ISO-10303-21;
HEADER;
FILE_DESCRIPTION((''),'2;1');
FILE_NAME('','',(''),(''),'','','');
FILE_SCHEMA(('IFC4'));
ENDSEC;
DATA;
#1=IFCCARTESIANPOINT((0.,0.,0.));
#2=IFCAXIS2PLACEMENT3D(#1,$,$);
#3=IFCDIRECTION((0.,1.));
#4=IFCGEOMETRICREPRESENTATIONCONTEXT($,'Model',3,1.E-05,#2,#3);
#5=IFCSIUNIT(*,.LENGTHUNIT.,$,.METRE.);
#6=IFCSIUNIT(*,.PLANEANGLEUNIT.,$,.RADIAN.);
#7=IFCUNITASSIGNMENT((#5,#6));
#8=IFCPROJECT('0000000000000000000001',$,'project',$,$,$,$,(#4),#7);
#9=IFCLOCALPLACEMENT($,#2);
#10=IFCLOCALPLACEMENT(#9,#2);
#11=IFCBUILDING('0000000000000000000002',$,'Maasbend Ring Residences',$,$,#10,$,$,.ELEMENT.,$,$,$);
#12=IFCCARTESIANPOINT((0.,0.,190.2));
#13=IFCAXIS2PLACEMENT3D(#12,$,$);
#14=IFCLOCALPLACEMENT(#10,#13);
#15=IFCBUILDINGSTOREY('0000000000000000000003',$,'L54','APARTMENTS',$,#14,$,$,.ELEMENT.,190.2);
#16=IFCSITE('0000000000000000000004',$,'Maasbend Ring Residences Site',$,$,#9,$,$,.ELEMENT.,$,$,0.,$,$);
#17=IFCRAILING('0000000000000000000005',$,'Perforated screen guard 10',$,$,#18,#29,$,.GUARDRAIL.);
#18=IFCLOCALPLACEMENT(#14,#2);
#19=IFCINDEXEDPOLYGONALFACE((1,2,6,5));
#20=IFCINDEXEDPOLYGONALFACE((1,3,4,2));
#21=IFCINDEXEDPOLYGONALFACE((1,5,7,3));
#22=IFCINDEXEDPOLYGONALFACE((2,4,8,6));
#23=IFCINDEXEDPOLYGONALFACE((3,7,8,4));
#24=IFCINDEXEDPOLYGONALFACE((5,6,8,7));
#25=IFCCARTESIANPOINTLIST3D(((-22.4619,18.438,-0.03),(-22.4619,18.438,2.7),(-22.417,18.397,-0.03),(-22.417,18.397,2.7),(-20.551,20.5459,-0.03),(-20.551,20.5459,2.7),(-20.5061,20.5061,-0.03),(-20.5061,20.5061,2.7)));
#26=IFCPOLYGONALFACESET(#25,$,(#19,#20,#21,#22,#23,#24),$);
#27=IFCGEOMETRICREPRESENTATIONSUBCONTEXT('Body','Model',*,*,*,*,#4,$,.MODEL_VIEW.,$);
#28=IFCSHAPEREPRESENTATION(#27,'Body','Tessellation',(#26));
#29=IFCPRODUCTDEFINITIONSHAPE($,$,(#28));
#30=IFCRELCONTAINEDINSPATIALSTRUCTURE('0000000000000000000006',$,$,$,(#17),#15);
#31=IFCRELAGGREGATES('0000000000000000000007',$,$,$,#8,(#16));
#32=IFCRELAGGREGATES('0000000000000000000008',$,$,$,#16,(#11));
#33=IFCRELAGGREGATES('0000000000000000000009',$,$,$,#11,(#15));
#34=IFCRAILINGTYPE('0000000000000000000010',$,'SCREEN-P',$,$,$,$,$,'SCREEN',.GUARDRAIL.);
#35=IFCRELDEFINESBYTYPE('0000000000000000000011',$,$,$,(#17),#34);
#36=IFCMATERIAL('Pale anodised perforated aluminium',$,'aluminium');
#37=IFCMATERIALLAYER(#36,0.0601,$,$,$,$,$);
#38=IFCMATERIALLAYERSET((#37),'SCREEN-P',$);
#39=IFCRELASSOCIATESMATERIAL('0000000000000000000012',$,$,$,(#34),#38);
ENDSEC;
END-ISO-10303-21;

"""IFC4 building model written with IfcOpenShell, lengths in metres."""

from ifc_helpers import new_model, si_unit, direction, frame, origin, place, context, subcontext, project, spatial, polyline, outline, extrude, material, layer, layer_set, type_object, element, save


model = new_model("IFC4")

# Units and contexts
model_context = context("Model", 3, precision=1e-05, world=origin(), true_north=direction((0.0, 1.0)))
body_context = subcontext(model_context, "Body", "Model", "MODEL_VIEW")
ifc_project = project(units=[si_unit("LENGTHUNIT", "METRE"), si_unit("PLANEANGLEUNIT", "RADIAN")], contexts=[model_context])

# Site, building, storey
site_placement = place(None, origin())
site = spatial("IfcSite", under=ifc_project, at=site_placement, Name="Maasbend Ring Residences Site", CompositionType="ELEMENT", RefElevation=0.0)
building_placement = place(site_placement, origin())
building = spatial("IfcBuilding", under=site, at=building_placement, Name="Maasbend Ring Residences", CompositionType="ELEMENT")
storey_placement = place(building_placement, frame((0.0, 0.0, 190.2)))
storey = spatial("IfcBuildingStorey", under=building, at=storey_placement, Name="L54", Description="APARTMENTS", CompositionType="ELEMENT", Elevation=190.2)

# Railing
ifc_material_1 = material(Name="Pale anodised perforated aluminium", Category="aluminium")
ifc_layer_1 = layer(ifc_material_1, 0.0601)
ifc_layer_set_1 = layer_set([ifc_layer_1], Name="SCREEN-P")
railing_type = type_object("IfcRailingType", Name="SCREEN-P", ElementType="SCREEN", PredefinedType="GUARDRAIL", material=ifc_layer_set_1)
railing_1_placement = place(storey_placement, frame((0.0, 0.0, -0.03)))
element("IfcRailing", 1, at=railing_1_placement, inside=storey, type_object=railing_type, Name="Perforated screen guard 10", PredefinedType="GUARDRAIL", context=body_context, shape_type="SweptSolid", body=[
    extrude(outline(polyline([(-20.5061, 20.5061), (-22.417, 18.397), (-22.4619, 18.438), (-20.551, 20.5459), (-20.5061, 20.5061)])), origin(), (0.0, 0.0, 1.0), 2.73),
])

save(model, "model.ifc")
